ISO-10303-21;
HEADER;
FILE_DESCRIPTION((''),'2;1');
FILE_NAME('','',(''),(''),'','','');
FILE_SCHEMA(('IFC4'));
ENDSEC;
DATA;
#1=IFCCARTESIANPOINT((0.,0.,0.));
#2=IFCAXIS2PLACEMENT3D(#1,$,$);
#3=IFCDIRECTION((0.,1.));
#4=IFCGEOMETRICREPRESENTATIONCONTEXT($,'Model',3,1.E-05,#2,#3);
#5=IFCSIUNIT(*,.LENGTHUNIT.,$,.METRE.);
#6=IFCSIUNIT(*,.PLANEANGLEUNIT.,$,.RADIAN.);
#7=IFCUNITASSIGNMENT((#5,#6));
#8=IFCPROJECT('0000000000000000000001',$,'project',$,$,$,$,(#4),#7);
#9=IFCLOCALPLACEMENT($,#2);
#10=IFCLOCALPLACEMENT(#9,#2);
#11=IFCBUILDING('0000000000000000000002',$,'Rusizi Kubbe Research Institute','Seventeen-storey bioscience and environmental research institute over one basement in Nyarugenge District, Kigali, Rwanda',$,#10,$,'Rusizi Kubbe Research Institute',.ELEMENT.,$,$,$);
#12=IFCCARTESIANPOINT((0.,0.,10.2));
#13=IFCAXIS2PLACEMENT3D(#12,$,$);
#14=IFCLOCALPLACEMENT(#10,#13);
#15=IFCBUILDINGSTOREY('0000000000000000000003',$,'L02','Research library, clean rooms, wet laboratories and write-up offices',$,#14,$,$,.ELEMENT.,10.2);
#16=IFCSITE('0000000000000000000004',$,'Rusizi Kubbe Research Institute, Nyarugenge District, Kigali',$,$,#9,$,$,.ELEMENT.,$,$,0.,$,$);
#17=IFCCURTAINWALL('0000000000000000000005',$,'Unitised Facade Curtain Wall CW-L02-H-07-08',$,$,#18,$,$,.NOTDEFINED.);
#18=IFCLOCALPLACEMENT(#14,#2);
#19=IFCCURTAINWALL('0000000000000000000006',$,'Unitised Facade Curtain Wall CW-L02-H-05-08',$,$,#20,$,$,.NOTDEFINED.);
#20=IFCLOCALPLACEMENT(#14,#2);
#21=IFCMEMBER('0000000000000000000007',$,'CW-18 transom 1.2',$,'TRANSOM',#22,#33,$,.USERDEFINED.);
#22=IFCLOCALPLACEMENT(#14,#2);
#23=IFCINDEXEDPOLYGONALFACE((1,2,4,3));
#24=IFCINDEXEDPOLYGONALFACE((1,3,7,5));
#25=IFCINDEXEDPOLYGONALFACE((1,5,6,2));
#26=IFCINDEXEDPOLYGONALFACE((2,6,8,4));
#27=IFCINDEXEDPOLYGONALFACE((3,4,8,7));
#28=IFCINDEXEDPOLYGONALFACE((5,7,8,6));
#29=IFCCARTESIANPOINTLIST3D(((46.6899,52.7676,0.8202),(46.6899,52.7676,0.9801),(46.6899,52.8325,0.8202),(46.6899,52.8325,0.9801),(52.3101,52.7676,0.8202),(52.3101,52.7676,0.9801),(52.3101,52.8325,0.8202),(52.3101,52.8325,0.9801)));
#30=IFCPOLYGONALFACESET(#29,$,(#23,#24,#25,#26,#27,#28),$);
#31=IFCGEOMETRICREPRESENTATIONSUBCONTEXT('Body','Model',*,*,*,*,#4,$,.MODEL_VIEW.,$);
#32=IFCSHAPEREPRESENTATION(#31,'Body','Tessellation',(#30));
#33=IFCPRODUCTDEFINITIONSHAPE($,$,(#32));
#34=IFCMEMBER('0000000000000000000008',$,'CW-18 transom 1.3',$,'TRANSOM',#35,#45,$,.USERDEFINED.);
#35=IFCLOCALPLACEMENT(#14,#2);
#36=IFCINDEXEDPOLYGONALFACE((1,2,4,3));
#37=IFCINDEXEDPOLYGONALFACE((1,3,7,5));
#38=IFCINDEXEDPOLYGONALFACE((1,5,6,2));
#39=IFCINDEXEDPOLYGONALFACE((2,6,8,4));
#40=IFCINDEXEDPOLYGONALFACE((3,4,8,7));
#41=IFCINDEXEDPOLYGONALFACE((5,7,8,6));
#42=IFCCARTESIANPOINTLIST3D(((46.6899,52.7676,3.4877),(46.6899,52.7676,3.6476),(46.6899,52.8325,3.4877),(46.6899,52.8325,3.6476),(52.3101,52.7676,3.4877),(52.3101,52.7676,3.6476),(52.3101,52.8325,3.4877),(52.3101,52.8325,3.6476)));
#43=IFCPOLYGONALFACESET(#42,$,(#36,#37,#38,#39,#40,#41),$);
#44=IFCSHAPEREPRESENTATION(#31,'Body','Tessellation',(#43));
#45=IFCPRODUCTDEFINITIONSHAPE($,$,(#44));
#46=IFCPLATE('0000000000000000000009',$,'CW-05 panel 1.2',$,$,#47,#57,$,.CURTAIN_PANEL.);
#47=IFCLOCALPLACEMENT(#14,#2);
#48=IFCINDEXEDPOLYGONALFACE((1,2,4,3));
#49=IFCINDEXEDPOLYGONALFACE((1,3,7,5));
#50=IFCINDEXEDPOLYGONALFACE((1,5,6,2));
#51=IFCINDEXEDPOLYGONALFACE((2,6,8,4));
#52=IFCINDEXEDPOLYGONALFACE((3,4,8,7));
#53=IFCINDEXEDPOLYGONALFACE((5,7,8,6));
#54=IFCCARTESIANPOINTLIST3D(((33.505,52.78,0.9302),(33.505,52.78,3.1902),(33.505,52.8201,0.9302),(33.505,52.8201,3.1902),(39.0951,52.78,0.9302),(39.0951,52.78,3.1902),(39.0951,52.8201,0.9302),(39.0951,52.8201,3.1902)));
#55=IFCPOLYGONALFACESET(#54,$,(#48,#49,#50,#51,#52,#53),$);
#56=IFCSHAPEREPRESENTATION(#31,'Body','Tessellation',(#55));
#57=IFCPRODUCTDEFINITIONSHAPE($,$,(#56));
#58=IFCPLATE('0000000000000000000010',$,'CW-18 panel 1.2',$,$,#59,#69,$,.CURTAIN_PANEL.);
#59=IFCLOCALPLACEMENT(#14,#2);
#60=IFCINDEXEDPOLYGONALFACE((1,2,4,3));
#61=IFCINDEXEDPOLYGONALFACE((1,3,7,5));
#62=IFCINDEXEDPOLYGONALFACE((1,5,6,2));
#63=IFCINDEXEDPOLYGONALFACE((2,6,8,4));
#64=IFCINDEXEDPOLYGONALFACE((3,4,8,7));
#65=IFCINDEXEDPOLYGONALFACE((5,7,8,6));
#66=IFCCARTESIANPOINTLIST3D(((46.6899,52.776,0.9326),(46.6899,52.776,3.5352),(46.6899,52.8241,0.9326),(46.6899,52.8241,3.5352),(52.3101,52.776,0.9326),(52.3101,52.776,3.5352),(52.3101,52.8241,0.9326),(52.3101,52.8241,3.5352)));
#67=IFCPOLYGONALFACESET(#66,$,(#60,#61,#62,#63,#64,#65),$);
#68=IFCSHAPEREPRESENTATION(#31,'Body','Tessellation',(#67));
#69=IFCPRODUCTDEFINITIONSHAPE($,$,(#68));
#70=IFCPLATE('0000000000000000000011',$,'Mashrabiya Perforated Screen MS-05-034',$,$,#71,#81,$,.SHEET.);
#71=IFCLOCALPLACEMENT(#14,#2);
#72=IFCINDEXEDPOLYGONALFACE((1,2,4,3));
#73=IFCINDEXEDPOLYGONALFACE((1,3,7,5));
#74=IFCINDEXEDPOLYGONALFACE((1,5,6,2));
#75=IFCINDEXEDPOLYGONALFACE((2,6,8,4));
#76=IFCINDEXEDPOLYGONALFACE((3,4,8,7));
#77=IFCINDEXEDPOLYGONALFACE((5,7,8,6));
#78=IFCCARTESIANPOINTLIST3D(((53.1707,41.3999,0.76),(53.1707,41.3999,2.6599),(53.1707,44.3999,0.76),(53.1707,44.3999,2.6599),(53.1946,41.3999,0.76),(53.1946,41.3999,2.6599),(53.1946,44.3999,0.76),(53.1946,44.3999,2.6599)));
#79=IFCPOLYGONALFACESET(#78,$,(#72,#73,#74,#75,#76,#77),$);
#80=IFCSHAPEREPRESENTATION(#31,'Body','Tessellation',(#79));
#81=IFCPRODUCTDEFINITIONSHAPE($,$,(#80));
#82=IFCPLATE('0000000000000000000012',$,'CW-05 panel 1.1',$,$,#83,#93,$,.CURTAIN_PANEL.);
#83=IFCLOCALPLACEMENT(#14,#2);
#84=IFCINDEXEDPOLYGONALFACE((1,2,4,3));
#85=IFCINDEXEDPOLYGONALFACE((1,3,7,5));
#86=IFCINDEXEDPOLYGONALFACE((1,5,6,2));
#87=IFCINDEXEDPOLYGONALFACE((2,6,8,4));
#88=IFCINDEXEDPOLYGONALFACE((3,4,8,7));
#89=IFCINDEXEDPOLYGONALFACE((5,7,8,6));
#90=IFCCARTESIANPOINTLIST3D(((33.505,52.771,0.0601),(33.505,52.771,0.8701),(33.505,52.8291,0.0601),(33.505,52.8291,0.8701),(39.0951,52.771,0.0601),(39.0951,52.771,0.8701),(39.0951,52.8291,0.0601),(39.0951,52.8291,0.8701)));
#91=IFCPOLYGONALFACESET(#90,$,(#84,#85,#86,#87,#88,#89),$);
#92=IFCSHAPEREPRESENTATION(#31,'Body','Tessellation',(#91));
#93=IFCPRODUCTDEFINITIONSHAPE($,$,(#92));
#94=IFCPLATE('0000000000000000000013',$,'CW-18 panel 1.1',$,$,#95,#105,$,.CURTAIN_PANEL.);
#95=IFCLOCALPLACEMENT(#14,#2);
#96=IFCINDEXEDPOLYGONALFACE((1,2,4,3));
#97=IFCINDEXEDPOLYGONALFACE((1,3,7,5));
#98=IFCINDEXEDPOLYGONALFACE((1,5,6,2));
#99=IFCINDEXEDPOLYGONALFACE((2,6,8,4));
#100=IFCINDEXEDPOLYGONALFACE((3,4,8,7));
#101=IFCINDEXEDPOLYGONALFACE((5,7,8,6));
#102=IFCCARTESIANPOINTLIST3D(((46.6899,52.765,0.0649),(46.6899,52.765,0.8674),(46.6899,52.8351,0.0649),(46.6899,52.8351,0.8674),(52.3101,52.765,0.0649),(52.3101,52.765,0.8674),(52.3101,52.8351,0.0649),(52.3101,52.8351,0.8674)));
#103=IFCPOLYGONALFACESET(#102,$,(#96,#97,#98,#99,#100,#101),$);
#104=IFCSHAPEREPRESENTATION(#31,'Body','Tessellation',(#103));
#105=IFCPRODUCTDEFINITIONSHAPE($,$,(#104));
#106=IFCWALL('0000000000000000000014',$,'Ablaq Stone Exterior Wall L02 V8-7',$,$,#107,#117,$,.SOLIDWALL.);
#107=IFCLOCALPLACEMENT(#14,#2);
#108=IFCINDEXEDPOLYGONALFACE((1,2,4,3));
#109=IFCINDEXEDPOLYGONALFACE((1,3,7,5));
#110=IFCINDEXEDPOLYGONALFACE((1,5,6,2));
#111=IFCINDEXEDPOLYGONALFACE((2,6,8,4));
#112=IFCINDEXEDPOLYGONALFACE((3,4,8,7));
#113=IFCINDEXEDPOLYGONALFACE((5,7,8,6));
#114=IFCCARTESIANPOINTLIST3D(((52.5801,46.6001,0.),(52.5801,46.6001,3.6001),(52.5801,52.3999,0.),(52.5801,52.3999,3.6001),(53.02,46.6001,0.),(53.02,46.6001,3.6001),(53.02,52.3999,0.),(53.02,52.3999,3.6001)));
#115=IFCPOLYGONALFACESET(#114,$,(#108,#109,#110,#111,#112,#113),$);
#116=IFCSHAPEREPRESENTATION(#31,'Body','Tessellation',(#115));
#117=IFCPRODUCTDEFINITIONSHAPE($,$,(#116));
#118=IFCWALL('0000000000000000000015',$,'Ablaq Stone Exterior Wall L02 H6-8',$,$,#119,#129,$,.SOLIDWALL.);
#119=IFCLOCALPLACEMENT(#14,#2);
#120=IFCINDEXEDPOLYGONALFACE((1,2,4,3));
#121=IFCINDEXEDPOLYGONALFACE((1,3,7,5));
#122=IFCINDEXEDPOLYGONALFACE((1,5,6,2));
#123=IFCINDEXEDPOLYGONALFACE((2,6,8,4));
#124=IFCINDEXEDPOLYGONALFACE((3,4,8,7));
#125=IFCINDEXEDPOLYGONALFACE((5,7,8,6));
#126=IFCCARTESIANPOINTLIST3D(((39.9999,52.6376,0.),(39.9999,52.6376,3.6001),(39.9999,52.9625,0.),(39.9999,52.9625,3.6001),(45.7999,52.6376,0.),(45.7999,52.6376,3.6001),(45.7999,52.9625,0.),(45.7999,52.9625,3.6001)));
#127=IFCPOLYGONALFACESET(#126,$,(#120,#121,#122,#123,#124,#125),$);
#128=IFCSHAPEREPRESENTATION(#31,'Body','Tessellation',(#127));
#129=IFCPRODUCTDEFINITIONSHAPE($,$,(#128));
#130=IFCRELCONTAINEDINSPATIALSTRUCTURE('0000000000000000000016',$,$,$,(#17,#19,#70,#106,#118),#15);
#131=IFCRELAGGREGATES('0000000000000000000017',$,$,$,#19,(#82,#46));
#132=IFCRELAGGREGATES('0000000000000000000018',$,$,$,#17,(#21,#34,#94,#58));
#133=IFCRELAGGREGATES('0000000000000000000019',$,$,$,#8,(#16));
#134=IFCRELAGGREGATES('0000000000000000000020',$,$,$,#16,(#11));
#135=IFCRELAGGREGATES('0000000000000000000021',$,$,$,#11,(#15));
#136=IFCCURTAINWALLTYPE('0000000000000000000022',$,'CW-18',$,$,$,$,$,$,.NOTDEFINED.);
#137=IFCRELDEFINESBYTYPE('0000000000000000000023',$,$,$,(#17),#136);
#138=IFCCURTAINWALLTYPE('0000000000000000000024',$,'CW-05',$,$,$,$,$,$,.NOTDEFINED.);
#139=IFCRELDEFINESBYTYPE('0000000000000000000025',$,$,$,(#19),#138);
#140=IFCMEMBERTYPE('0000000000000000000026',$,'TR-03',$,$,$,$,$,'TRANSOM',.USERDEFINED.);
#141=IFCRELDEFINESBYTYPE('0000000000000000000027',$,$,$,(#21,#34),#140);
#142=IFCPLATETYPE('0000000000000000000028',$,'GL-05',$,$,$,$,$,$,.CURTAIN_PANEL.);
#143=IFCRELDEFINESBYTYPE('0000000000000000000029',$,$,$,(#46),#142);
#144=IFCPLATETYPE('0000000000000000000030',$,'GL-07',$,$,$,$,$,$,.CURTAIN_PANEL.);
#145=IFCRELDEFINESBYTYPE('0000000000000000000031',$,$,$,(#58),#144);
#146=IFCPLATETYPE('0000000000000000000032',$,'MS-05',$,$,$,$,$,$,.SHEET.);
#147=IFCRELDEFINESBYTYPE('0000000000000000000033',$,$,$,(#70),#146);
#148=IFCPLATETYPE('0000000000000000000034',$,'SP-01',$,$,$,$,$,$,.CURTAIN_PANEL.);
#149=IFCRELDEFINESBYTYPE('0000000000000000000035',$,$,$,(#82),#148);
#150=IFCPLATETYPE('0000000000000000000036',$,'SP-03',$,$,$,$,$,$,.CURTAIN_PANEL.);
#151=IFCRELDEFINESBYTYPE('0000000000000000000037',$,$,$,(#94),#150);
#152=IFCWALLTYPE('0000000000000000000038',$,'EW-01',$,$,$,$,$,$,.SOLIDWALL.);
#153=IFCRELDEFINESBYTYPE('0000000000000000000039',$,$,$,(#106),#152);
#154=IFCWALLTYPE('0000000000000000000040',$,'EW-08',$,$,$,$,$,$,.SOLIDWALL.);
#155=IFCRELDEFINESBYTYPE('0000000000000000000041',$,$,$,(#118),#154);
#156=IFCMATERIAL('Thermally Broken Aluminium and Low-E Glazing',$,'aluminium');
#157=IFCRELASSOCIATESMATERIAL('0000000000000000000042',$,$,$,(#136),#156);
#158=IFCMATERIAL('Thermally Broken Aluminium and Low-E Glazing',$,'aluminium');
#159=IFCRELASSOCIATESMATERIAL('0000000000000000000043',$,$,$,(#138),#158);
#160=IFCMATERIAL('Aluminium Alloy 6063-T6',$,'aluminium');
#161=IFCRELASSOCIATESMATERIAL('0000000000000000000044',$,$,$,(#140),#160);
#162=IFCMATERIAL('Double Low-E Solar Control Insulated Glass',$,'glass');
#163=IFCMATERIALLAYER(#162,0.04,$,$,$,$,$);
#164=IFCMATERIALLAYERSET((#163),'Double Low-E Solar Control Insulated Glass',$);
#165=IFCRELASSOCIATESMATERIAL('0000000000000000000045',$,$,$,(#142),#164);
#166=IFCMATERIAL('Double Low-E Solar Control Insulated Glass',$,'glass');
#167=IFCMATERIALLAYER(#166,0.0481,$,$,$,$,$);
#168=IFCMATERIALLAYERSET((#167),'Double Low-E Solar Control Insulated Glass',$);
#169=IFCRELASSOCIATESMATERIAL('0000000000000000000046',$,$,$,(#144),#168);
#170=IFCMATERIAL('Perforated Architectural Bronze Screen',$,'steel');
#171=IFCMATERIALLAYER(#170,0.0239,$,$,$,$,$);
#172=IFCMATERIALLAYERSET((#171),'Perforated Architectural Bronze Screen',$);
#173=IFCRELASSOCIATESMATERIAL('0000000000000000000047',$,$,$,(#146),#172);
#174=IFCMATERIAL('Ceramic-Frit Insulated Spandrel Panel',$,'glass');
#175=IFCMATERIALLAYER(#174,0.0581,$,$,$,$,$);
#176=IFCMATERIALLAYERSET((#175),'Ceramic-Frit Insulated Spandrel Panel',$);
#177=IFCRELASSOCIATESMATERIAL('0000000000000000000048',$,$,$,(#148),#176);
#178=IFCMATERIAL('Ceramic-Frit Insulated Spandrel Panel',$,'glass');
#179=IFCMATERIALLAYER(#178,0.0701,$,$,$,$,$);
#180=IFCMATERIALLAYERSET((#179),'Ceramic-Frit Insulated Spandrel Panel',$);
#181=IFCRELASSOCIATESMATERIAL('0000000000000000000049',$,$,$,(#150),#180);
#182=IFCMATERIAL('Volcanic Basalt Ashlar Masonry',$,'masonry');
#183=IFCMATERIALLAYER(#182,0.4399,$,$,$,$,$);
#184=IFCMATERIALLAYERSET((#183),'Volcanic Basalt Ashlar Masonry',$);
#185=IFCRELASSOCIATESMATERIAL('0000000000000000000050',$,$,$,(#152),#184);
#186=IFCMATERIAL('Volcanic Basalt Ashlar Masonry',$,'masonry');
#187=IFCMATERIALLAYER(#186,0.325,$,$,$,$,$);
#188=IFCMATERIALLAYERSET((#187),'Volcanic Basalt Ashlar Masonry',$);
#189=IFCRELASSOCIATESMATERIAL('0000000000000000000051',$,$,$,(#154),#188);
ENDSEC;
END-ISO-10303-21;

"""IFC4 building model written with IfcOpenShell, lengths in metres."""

from ifc_helpers import new_model, si_unit, direction, frame, frame_2d, origin, origin_2d, place, context, subcontext, project, spatial, rectangle, extrude, material, layer, layer_set, material_profile, profile_set, type_object, element, aggregate, save


model = new_model("IFC4")

# Units and contexts
model_context = context("Model", 3, precision=1e-05, world=origin(), true_north=direction((0.0, 1.0)))
body_context = subcontext(model_context, "Body", "Model", "MODEL_VIEW")
ifc_project = project(units=[si_unit("LENGTHUNIT", "METRE"), si_unit("PLANEANGLEUNIT", "RADIAN")], contexts=[model_context])

# Site, building, storey
site_placement = place(None, origin())
site = spatial("IfcSite", under=ifc_project, at=site_placement, Name="Rusizi Kubbe Research Institute, Nyarugenge District, Kigali", CompositionType="ELEMENT", RefElevation=0.0)
building_placement = place(site_placement, origin())
building = spatial("IfcBuilding", under=site, at=building_placement, Name="Rusizi Kubbe Research Institute", Description="Seventeen-storey bioscience and environmental research institute over one basement in Nyarugenge District, Kigali, Rwanda", LongName="Rusizi Kubbe Research Institute", CompositionType="ELEMENT")
storey_placement = place(building_placement, frame((0.0, 0.0, 10.2)))
storey = spatial("IfcBuildingStorey", under=building, at=storey_placement, Name="L02", Description="Research library, clean rooms, wet laboratories and write-up offices", CompositionType="ELEMENT", Elevation=10.2)

# Curtain walls
ifc_material_1 = material(Name="Thermally Broken Aluminium and Low-E Glazing", Category="aluminium")
curtain_wall_type_1 = type_object("IfcCurtainWallType", Name="CW-18", PredefinedType="NOTDEFINED", material=ifc_material_1)
curtain_wall_1_placement = place(storey_placement, origin())
curtain_wall_1 = element("IfcCurtainWall", 1, at=curtain_wall_1_placement, inside=storey, type_object=curtain_wall_type_1, Name="Unitised Facade Curtain Wall CW-L02-H-07-08", PredefinedType="NOTDEFINED")
ifc_material_2 = material(Name="Thermally Broken Aluminium and Low-E Glazing", Category="aluminium")
curtain_wall_type_2 = type_object("IfcCurtainWallType", Name="CW-05", PredefinedType="NOTDEFINED", material=ifc_material_2)
curtain_wall_2_placement = place(storey_placement, origin())
curtain_wall_2 = element("IfcCurtainWall", 2, at=curtain_wall_2_placement, inside=storey, type_object=curtain_wall_type_2, Name="Unitised Facade Curtain Wall CW-L02-H-05-08", PredefinedType="NOTDEFINED")

# Members
ifc_material_3 = material(Name="Aluminium Alloy 6063-T6", Category="aluminium")
ifc_material_profile_1 = material_profile(ifc_material_3, rectangle(XDim=0.0649, YDim=0.1599, at=origin_2d()), Name="ALU-T 65x160")
ifc_profile_set_1 = profile_set([ifc_material_profile_1], Name="Aluminium Alloy 6063-T6")
member_type_1 = type_object("IfcMemberType", Name="TR-03", ElementType="TRANSOM", PredefinedType="USERDEFINED", material=ifc_profile_set_1)
member_1_placement = place(storey_placement, frame((46.6899, 52.8, 0.9001), z_axis=(1.0, 0.0, 0.0), x_axis=(0.0, 1.0, 0.0)))
member_1 = element("IfcMember", 3, at=member_1_placement, type_object=member_type_1, Name="CW-18 transom 1.2", ObjectType="TRANSOM", PredefinedType="USERDEFINED", context=body_context, shape_type="SweptSolid", body=[
    extrude(rectangle(XDim=0.0649, YDim=0.1599, at=origin_2d()), origin(), (0.0, 0.0, 1.0), 5.6201),
])
member_2_placement = place(storey_placement, frame((46.6899, 52.8, 3.5676), z_axis=(1.0, 0.0, 0.0), x_axis=(0.0, 1.0, 0.0)))
member_2 = element("IfcMember", 4, at=member_2_placement, type_object=member_type_1, Name="CW-18 transom 1.3", ObjectType="TRANSOM", PredefinedType="USERDEFINED", context=body_context, shape_type="SweptSolid", body=[
    extrude(rectangle(XDim=0.0649, YDim=0.1599, at=origin_2d()), origin(), (0.0, 0.0, 1.0), 5.6201),
])

# Plates
ifc_material_4 = material(Name="Double Low-E Solar Control Insulated Glass", Category="glass")
ifc_layer_1 = layer(ifc_material_4, 0.04)
ifc_layer_set_1 = layer_set([ifc_layer_1], Name="Double Low-E Solar Control Insulated Glass")
plate_type_1 = type_object("IfcPlateType", Name="GL-05", PredefinedType="CURTAIN_PANEL", material=ifc_layer_set_1)
plate_1_placement = place(storey_placement, frame((36.3, 52.8, 0.9302), z_axis=(0.0, 0.0, 1.0), x_axis=(1.0, 0.0, 0.0)))
plate_1 = element("IfcPlate", 5, at=plate_1_placement, type_object=plate_type_1, Name="CW-05 panel 1.2", PredefinedType="CURTAIN_PANEL", context=body_context, shape_type="SweptSolid", body=[
    extrude(rectangle(XDim=5.5901, YDim=0.04, at=origin_2d()), origin(), (0.0, 0.0, 1.0), 2.26),
])
ifc_material_5 = material(Name="Double Low-E Solar Control Insulated Glass", Category="glass")
ifc_layer_2 = layer(ifc_material_5, 0.0481)
ifc_layer_set_2 = layer_set([ifc_layer_2], Name="Double Low-E Solar Control Insulated Glass")
plate_type_2 = type_object("IfcPlateType", Name="GL-07", PredefinedType="CURTAIN_PANEL", material=ifc_layer_set_2)
plate_2_placement = place(storey_placement, frame((49.5, 52.8, 0.9326), z_axis=(0.0, 0.0, 1.0), x_axis=(1.0, 0.0, 0.0)))
plate_2 = element("IfcPlate", 6, at=plate_2_placement, type_object=plate_type_2, Name="CW-18 panel 1.2", PredefinedType="CURTAIN_PANEL", context=body_context, shape_type="SweptSolid", body=[
    extrude(rectangle(XDim=5.6201, YDim=0.0481, at=origin_2d()), origin(), (0.0, 0.0, 1.0), 2.6025),
])
ifc_material_6 = material(Name="Perforated Architectural Bronze Screen", Category="steel")
ifc_layer_3 = layer(ifc_material_6, 0.0239)
ifc_layer_set_3 = layer_set([ifc_layer_3], Name="Perforated Architectural Bronze Screen")
plate_type_3 = type_object("IfcPlateType", Name="MS-05", PredefinedType="SHEET", material=ifc_layer_set_3)
plate_3_placement = place(storey_placement, frame((53.1826, 42.8999, 0.76), z_axis=(0.0, 0.0, 1.0), x_axis=(0.0, 1.0, 0.0)))
element("IfcPlate", 7, at=plate_3_placement, inside=storey, type_object=plate_type_3, Name="Mashrabiya Perforated Screen MS-05-034", PredefinedType="SHEET", context=body_context, shape_type="SweptSolid", body=[
    extrude(rectangle(XDim=3.0, YDim=0.0239, at=origin_2d()), origin(), (0.0, 0.0, 1.0), 1.8999),
])
ifc_material_7 = material(Name="Ceramic-Frit Insulated Spandrel Panel", Category="glass")
ifc_layer_4 = layer(ifc_material_7, 0.0581)
ifc_layer_set_4 = layer_set([ifc_layer_4], Name="Ceramic-Frit Insulated Spandrel Panel")
plate_type_4 = type_object("IfcPlateType", Name="SP-01", PredefinedType="CURTAIN_PANEL", material=ifc_layer_set_4)
plate_4_placement = place(storey_placement, frame((36.3, 52.8, 0.0601), z_axis=(0.0, 0.0, 1.0), x_axis=(1.0, 0.0, 0.0)))
plate_4 = element("IfcPlate", 8, at=plate_4_placement, type_object=plate_type_4, Name="CW-05 panel 1.1", PredefinedType="CURTAIN_PANEL", context=body_context, shape_type="SweptSolid", body=[
    extrude(rectangle(XDim=5.5901, YDim=0.0581, at=origin_2d()), origin(), (0.0, 0.0, 1.0), 0.8101),
])
aggregate(curtain_wall_2, [plate_4, plate_1])
ifc_material_8 = material(Name="Ceramic-Frit Insulated Spandrel Panel", Category="glass")
ifc_layer_5 = layer(ifc_material_8, 0.0701)
ifc_layer_set_5 = layer_set([ifc_layer_5], Name="Ceramic-Frit Insulated Spandrel Panel")
plate_type_5 = type_object("IfcPlateType", Name="SP-03", PredefinedType="CURTAIN_PANEL", material=ifc_layer_set_5)
plate_5_placement = place(storey_placement, frame((49.5, 52.8, 0.0649), z_axis=(0.0, 0.0, 1.0), x_axis=(1.0, 0.0, 0.0)))
plate_5 = element("IfcPlate", 9, at=plate_5_placement, type_object=plate_type_5, Name="CW-18 panel 1.1", PredefinedType="CURTAIN_PANEL", context=body_context, shape_type="SweptSolid", body=[
    extrude(rectangle(XDim=5.6201, YDim=0.0701, at=origin_2d()), origin(), (0.0, 0.0, 1.0), 0.8025),
])
aggregate(curtain_wall_1, [member_1, member_2, plate_5, plate_2])

# Walls
ifc_material_9 = material(Name="Volcanic Basalt Ashlar Masonry", Category="masonry")
ifc_layer_6 = layer(ifc_material_9, 0.4399)
ifc_layer_set_6 = layer_set([ifc_layer_6], Name="Volcanic Basalt Ashlar Masonry")
wall_type_1 = type_object("IfcWallType", Name="EW-01", PredefinedType="SOLIDWALL", material=ifc_layer_set_6)
wall_1_placement = place(storey_placement, frame((52.8, 46.6001, 0.0), z_axis=(0.0, 0.0, 1.0), x_axis=(0.0, 1.0, 0.0)))
element("IfcWall", 10, at=wall_1_placement, inside=storey, type_object=wall_type_1, Name="Ablaq Stone Exterior Wall L02 V8-7", PredefinedType="SOLIDWALL", context=body_context, shape_type="SweptSolid", body=[
    extrude(rectangle(XDim=5.7998, YDim=0.4399, at=frame_2d((2.8999, 0.0))), origin(), (0.0, 0.0, 1.0), 3.6001),
])
ifc_material_10 = material(Name="Volcanic Basalt Ashlar Masonry", Category="masonry")
ifc_layer_7 = layer(ifc_material_10, 0.325)
ifc_layer_set_7 = layer_set([ifc_layer_7], Name="Volcanic Basalt Ashlar Masonry")
wall_type_2 = type_object("IfcWallType", Name="EW-08", PredefinedType="SOLIDWALL", material=ifc_layer_set_7)
wall_2_placement = place(storey_placement, frame((40.0, 52.8, 0.0), z_axis=(0.0, 0.0, 1.0), x_axis=(1.0, 0.0, 0.0)))
element("IfcWall", 11, at=wall_2_placement, inside=storey, type_object=wall_type_2, Name="Ablaq Stone Exterior Wall L02 H6-8", PredefinedType="SOLIDWALL", context=body_context, shape_type="SweptSolid", body=[
    extrude(rectangle(XDim=5.8, YDim=0.325, at=frame_2d((2.8999, 0.0))), origin(), (0.0, 0.0, 1.0), 3.6001),
])

save(model, "model.ifc")
